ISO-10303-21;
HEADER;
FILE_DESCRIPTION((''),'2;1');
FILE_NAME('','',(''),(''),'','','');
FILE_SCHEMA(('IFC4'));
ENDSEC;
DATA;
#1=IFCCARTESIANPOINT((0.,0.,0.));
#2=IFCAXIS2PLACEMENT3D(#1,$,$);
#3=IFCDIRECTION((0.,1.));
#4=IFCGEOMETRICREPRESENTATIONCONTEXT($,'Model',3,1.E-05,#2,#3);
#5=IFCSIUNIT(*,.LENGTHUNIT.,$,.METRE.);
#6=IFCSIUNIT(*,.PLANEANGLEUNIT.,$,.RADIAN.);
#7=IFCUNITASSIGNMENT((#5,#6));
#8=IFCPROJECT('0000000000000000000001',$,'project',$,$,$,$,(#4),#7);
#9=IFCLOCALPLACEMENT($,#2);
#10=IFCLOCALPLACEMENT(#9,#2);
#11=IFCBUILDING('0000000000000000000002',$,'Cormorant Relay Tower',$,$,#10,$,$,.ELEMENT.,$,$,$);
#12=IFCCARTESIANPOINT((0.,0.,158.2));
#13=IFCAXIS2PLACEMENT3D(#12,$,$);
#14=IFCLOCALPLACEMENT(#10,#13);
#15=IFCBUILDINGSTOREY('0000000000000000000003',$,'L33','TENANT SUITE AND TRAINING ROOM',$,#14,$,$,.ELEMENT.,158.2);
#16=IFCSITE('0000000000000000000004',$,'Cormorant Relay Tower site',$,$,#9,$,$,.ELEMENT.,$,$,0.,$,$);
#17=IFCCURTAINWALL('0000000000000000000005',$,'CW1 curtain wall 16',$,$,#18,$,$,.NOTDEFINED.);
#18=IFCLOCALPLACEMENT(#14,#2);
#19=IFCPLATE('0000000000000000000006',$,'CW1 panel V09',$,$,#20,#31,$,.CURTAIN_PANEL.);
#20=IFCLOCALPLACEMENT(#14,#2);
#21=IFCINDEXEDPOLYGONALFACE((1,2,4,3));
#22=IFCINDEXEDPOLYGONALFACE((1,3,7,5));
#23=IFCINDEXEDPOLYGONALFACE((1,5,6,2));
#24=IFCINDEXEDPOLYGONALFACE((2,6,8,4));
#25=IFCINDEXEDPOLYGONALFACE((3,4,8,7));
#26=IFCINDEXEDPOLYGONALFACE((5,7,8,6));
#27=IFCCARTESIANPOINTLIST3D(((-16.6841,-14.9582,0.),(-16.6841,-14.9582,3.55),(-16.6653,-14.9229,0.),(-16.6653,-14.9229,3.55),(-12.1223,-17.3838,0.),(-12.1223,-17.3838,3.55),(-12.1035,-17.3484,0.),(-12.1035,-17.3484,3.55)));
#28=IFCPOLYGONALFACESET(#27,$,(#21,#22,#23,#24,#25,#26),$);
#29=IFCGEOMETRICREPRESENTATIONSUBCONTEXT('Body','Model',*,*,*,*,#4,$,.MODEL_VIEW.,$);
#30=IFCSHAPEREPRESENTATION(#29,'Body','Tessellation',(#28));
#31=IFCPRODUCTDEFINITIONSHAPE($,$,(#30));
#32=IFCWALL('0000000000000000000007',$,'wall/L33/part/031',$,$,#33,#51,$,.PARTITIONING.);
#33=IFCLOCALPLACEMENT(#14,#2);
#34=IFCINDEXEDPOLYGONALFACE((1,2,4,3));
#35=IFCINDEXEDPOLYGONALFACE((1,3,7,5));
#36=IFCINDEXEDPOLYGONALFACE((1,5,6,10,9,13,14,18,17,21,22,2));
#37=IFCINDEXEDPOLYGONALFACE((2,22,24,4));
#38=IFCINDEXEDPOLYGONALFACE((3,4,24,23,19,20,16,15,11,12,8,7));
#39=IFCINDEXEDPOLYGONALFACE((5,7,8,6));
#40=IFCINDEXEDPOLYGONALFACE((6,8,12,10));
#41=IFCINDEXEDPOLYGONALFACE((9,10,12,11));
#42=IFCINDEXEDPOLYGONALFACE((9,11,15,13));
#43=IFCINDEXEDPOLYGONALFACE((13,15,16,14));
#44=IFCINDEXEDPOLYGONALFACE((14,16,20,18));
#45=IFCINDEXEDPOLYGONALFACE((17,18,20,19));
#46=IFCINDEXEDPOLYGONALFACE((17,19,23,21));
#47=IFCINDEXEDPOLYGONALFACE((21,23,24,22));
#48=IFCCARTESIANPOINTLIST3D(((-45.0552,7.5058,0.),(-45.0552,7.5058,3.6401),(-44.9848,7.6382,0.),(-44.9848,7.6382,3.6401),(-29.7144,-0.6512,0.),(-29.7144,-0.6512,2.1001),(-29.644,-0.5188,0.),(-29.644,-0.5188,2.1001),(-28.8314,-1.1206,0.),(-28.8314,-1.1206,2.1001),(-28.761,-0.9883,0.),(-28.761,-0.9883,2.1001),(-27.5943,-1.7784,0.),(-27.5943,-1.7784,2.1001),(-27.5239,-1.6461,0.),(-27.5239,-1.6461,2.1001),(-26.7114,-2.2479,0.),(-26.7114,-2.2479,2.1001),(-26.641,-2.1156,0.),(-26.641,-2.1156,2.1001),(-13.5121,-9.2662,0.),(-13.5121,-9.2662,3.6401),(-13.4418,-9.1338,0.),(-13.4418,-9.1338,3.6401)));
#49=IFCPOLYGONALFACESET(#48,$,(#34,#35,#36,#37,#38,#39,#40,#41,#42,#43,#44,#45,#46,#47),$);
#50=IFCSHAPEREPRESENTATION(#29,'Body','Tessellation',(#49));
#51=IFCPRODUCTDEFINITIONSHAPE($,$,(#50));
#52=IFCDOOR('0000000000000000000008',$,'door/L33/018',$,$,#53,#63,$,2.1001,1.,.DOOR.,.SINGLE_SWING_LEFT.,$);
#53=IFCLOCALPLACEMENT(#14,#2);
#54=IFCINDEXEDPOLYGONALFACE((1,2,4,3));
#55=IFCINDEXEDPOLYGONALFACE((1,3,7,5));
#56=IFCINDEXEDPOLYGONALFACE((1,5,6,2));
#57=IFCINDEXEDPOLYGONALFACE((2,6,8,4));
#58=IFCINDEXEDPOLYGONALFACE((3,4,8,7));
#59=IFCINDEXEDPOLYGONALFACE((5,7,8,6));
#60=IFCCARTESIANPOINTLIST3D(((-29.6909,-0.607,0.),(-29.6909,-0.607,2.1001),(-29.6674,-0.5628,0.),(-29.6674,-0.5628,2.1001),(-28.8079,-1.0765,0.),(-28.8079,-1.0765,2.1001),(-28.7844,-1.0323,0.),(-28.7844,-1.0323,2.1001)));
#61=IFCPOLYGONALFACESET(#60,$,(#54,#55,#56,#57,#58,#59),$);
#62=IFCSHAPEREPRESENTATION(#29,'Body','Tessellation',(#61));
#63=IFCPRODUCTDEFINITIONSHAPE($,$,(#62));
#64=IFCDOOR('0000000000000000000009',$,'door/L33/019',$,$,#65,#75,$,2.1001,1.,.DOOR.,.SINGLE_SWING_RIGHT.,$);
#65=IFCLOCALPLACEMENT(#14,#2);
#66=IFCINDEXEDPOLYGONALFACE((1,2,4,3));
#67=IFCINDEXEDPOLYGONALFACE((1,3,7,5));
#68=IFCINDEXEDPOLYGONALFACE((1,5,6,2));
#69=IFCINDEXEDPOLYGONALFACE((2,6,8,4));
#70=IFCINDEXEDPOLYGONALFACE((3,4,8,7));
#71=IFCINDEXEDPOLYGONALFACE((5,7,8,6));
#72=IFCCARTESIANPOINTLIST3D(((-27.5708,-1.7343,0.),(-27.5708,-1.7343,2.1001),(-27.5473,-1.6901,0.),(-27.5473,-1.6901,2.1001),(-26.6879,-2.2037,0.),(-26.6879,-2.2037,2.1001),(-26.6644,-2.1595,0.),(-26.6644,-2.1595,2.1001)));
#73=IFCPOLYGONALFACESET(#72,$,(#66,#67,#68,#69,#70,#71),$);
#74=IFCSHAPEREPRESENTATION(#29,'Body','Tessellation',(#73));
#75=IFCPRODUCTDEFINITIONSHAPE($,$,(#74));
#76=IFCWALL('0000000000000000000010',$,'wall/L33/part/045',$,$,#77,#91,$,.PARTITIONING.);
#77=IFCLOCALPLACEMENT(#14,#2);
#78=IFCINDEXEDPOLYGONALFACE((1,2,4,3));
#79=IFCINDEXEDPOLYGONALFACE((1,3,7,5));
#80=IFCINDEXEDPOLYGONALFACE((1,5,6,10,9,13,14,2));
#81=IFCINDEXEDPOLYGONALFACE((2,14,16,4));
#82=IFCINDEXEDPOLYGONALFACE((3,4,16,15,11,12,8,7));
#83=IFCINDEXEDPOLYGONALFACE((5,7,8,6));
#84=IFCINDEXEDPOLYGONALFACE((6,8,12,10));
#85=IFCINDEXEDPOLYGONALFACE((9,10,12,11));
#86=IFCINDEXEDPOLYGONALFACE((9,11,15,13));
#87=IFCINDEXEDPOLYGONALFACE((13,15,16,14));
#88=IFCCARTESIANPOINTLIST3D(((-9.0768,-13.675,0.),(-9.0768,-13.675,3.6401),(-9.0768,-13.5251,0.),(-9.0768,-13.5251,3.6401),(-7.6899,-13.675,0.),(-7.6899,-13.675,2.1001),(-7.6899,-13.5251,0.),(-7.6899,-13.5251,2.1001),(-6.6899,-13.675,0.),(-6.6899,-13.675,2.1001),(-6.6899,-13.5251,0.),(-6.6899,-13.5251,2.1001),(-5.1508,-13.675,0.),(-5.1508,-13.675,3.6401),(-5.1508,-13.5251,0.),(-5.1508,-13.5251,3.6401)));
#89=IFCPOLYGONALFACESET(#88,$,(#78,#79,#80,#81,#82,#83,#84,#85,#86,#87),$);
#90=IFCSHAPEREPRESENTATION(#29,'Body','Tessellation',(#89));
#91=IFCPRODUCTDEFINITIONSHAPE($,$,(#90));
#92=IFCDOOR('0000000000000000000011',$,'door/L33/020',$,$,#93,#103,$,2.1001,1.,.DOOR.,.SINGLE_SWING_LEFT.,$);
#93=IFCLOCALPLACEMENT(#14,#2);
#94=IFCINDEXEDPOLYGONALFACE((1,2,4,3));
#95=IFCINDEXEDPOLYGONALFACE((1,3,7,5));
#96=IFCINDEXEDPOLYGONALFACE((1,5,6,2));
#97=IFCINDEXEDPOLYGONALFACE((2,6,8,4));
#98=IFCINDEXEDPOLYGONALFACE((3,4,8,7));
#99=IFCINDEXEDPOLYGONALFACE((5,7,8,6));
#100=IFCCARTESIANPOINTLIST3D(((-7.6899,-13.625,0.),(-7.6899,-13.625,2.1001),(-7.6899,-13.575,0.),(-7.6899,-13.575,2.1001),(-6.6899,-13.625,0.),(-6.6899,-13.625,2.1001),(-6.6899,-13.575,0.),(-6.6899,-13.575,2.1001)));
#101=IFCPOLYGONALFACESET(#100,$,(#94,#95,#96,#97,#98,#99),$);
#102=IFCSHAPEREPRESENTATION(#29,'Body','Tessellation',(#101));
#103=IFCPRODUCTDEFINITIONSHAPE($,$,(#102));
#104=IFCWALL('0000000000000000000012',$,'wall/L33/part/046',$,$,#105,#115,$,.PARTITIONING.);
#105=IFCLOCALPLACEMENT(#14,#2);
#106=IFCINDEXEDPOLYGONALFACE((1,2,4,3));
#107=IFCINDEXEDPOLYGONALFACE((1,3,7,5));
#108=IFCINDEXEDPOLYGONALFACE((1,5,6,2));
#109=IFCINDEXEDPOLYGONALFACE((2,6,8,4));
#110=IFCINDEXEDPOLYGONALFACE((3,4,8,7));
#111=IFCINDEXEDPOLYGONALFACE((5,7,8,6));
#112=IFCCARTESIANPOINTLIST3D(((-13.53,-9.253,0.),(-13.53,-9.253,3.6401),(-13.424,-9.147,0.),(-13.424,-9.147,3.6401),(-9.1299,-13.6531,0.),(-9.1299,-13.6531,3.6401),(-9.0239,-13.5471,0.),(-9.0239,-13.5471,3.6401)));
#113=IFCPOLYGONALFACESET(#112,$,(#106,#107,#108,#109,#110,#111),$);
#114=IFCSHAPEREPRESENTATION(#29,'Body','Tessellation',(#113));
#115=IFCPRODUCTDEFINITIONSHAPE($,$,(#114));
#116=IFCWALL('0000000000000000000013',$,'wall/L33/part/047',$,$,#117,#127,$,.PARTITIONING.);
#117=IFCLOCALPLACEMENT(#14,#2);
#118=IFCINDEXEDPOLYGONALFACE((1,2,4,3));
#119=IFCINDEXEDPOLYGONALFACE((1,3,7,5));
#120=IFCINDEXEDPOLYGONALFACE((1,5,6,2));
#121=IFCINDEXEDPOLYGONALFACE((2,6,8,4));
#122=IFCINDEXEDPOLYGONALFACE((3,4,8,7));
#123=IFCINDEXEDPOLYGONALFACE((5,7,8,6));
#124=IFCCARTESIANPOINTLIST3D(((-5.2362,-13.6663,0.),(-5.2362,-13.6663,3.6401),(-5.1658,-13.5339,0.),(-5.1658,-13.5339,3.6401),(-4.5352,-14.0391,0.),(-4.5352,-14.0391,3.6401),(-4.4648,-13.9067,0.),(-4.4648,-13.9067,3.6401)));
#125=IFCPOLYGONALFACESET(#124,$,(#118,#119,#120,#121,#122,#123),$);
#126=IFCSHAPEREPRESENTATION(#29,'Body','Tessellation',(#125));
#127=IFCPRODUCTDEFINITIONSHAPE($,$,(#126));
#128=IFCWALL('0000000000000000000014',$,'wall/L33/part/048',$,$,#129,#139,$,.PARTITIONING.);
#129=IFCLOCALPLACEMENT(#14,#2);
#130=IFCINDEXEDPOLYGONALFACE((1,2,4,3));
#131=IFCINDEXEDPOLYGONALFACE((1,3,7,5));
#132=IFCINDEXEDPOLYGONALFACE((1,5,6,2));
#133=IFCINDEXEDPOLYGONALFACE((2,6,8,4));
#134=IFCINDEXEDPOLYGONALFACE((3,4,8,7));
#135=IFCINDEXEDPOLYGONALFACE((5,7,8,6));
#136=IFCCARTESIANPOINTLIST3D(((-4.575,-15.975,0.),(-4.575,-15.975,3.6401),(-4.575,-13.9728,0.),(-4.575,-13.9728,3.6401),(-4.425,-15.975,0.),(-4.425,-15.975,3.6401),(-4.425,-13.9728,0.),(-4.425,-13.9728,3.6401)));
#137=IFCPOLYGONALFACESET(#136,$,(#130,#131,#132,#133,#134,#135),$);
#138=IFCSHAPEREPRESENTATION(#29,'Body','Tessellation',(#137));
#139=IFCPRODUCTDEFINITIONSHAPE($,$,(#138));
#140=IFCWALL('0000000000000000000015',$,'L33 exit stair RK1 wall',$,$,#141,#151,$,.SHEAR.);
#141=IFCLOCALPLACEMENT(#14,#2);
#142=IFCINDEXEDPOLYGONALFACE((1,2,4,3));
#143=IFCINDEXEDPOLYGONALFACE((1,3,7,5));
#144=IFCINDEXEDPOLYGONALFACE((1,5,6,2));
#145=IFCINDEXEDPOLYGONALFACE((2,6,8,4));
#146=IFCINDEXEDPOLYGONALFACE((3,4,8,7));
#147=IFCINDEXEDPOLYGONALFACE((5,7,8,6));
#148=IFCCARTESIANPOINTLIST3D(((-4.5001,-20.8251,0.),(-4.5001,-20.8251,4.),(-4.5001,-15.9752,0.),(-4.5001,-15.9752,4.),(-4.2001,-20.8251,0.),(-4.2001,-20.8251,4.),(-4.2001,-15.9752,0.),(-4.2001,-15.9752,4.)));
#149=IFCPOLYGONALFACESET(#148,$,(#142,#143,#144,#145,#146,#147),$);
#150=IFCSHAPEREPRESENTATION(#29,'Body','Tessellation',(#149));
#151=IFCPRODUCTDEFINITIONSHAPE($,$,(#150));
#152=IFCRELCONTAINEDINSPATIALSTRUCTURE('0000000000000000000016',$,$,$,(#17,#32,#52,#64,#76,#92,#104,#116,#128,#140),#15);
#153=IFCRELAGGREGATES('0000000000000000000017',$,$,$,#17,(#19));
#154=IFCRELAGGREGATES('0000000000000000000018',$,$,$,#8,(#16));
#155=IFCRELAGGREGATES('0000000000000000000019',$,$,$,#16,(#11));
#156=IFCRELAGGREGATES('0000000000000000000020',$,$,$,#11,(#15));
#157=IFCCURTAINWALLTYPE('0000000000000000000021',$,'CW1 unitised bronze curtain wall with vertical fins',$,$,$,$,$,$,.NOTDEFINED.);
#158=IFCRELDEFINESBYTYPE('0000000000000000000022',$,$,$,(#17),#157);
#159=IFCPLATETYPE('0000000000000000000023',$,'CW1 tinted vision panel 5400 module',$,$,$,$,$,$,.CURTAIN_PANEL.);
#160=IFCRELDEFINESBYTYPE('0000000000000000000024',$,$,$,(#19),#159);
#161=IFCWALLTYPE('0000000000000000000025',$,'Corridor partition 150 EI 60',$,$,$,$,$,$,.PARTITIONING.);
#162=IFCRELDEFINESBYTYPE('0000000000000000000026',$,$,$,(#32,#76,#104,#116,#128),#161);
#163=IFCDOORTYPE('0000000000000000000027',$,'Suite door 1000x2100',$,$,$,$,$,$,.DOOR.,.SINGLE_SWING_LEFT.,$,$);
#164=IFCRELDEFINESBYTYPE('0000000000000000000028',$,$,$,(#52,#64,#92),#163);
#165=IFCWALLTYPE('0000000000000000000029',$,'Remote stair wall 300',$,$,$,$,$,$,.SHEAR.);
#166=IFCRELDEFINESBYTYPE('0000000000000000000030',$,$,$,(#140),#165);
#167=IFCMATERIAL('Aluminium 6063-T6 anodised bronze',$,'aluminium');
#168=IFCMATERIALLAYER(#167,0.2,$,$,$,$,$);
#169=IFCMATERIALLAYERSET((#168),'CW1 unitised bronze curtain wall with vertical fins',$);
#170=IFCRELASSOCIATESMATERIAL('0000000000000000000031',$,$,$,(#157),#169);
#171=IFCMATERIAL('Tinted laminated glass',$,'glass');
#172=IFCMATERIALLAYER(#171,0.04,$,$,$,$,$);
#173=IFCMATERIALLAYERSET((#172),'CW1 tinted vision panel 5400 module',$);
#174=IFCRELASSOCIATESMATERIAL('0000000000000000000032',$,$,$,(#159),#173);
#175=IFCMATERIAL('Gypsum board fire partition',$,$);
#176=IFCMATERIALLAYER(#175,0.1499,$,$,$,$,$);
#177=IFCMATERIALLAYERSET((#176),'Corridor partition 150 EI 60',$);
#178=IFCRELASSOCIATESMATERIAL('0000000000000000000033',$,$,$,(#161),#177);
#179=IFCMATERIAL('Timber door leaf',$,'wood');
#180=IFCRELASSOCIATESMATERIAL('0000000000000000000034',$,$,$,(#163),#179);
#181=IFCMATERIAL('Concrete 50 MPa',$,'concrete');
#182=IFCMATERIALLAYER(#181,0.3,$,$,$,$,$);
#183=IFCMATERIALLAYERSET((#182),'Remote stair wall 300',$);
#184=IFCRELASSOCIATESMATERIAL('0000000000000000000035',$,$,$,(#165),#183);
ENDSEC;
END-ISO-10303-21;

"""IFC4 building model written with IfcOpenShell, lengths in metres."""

from ifc_helpers import new_model, si_unit, direction, frame, frame_2d, origin, origin_2d, place, context, subcontext, project, spatial, rectangle, extrude, material, layer, layer_set, type_object, element, fill, aggregate, save


model = new_model("IFC4")

# Units and contexts
model_context = context("Model", 3, precision=1e-05, world=origin(), true_north=direction((0.0, 1.0)))
body_context = subcontext(model_context, "Body", "Model", "MODEL_VIEW")
ifc_project = project(units=[si_unit("LENGTHUNIT", "METRE"), si_unit("PLANEANGLEUNIT", "RADIAN")], contexts=[model_context])

# Site, building, storey
site_placement = place(None, origin())
site = spatial("IfcSite", under=ifc_project, at=site_placement, Name="Cormorant Relay Tower site", CompositionType="ELEMENT", RefElevation=0.0)
building_placement = place(site_placement, origin())
building = spatial("IfcBuilding", under=site, at=building_placement, Name="Cormorant Relay Tower", CompositionType="ELEMENT")
storey_placement = place(building_placement, frame((0.0, 0.0, 158.2)))
storey = spatial("IfcBuildingStorey", under=building, at=storey_placement, Name="L33", Description="TENANT SUITE AND TRAINING ROOM", CompositionType="ELEMENT", Elevation=158.2)

# Shared definitions
ifc_material_1 = material(Name="Aluminium 6063-T6 anodised bronze", Category="aluminium")
ifc_layer_1 = layer(ifc_material_1, 0.2)
ifc_layer_set_1 = layer_set([ifc_layer_1], Name="CW1 unitised bronze curtain wall with vertical fins")
curtain_wall_type = type_object("IfcCurtainWallType", Name="CW1 unitised bronze curtain wall with vertical fins", PredefinedType="NOTDEFINED", material=ifc_layer_set_1)

# Curtain wall
curtain_wall_1_placement = place(storey_placement, origin())
curtain_wall_1 = element("IfcCurtainWall", 1, at=curtain_wall_1_placement, inside=storey, type_object=curtain_wall_type, Name="CW1 curtain wall 16", PredefinedType="NOTDEFINED")

# Plate
ifc_material_2 = material(Name="Tinted laminated glass", Category="glass")
ifc_layer_2 = layer(ifc_material_2, 0.04)
ifc_layer_set_2 = layer_set([ifc_layer_2], Name="CW1 tinted vision panel 5400 module")
plate_type_1 = type_object("IfcPlateType", Name="CW1 tinted vision panel 5400 module", PredefinedType="CURTAIN_PANEL", material=ifc_layer_set_2)
plate_1_placement = place(storey_placement, frame((-14.3938, -16.1533, 0.0), z_axis=(0.0, 0.0, 1.0), x_axis=(0.882948, -0.469472, 0.0)))
plate_1 = element("IfcPlate", 2, at=plate_1_placement, type_object=plate_type_1, Name="CW1 panel V09", PredefinedType="CURTAIN_PANEL", context=body_context, shape_type="SweptSolid", body=[
    extrude(rectangle(XDim=5.1665, YDim=0.04, at=origin_2d()), origin(), (0.0, 0.0, 1.0), 3.55),
])

# Wall, openings, doors
ifc_material_3 = material(Name="Gypsum board fire partition")
ifc_layer_3 = layer(ifc_material_3, 0.1499)
ifc_layer_set_3 = layer_set([ifc_layer_3], Name="Corridor partition 150 EI 60")
wall_type_1 = type_object("IfcWallType", Name="Corridor partition 150 EI 60", PredefinedType="PARTITIONING", material=ifc_layer_set_3)
wall_1_placement = place(storey_placement, frame((-13.4771, -9.2, 0.0), z_axis=(0.0, 0.0, 1.0), x_axis=(-0.882944, 0.469478, 0.0)))
wall_1 = element("IfcWall", 3, at=wall_1_placement, inside=storey, type_object=wall_type_1, Name="wall/L33/part/031", PredefinedType="PARTITIONING", context=body_context, shape_type="SweptSolid", body=[
    extrude(rectangle(XDim=35.7249, YDim=0.1499, at=frame_2d((17.8623, 0.0))), origin(), (0.0, 0.0, 1.0), 3.6401),
])
opening_1_placement = place(wall_1_placement, frame((17.3501, 0.0, 0.0)))
opening_1 = element("IfcOpeningElement", 4, at=opening_1_placement, cuts=wall_1, PredefinedType="OPENING", context=body_context, shape_type="SweptSolid", body=[
    extrude(rectangle(XDim=1.0, YDim=2.1001, at=frame_2d((0.5, 1.05))), frame((0.0, 0.085, 0.0), z_axis=(0.0, -1.0, 0.0), x_axis=(1.0, 0.0, 0.0)), (0.0, 0.0, 1.0), 0.1699),
])
opening_2_placement = place(wall_1_placement, frame((14.949, 0.0, 0.0)))
opening_2 = element("IfcOpeningElement", 5, at=opening_2_placement, cuts=wall_1, PredefinedType="OPENING", context=body_context, shape_type="SweptSolid", body=[
    extrude(rectangle(XDim=1.0, YDim=2.1001, at=frame_2d((0.5, 1.05))), frame((0.0, 0.085, 0.0), z_axis=(0.0, -1.0, 0.0), x_axis=(1.0, 0.0, 0.0)), (0.0, 0.0, 1.0), 0.1699),
])
ifc_material_4 = material(Name="Timber door leaf", Category="wood")
door_type_1 = type_object("IfcDoorType", Name="Suite door 1000x2100", OperationType="SINGLE_SWING_LEFT", PredefinedType="DOOR", material=ifc_material_4)
door_1_placement = place(opening_1_placement, origin())
door_1 = element("IfcDoor", 6, at=door_1_placement, inside=storey, type_object=door_type_1, Name="door/L33/018", OperationType="SINGLE_SWING_LEFT", OverallHeight=2.1001, OverallWidth=1.0, PredefinedType="DOOR", context=body_context, shape_type="SweptSolid", body=[
    extrude(rectangle(XDim=1.0, YDim=2.1001, at=frame_2d((0.5, 1.05))), frame((0.0, 0.0249, 0.0), z_axis=(0.0, -1.0, 0.0), x_axis=(1.0, 0.0, 0.0)), (0.0, 0.0, 1.0), 0.05),
])
fill(opening_1, door_1)
door_2_placement = place(opening_2_placement, origin())
door_2 = element("IfcDoor", 7, at=door_2_placement, inside=storey, type_object=door_type_1, Name="door/L33/019", OperationType="SINGLE_SWING_RIGHT", OverallHeight=2.1001, OverallWidth=1.0, PredefinedType="DOOR", context=body_context, shape_type="SweptSolid", body=[
    extrude(rectangle(XDim=1.0, YDim=2.1001, at=frame_2d((0.5, 1.05))), frame((0.0, 0.0249, 0.0), z_axis=(0.0, -1.0, 0.0), x_axis=(1.0, 0.0, 0.0)), (0.0, 0.0, 1.0), 0.05),
])
fill(opening_2, door_2)

# Wall, opening, door
wall_2_placement = place(storey_placement, frame((-5.1509, -13.6001, 0.0), z_axis=(0.0, 0.0, 1.0), x_axis=(-1.0, 0.0, 0.0)))
wall_2 = element("IfcWall", 8, at=wall_2_placement, inside=storey, type_object=wall_type_1, Name="wall/L33/part/045", PredefinedType="PARTITIONING", context=body_context, shape_type="SweptSolid", body=[
    extrude(rectangle(XDim=3.926, YDim=0.1499, at=frame_2d((1.9629, 0.0))), origin(), (0.0, 0.0, 1.0), 3.6401),
])
opening_3_placement = place(wall_2_placement, frame((1.5391, 0.0, 0.0)))
opening_3 = element("IfcOpeningElement", 9, at=opening_3_placement, cuts=wall_2, PredefinedType="OPENING", context=body_context, shape_type="SweptSolid", body=[
    extrude(rectangle(XDim=1.0, YDim=2.1001, at=frame_2d((0.5, 1.05))), frame((0.0, 0.085, 0.0), z_axis=(0.0, -1.0, 0.0), x_axis=(1.0, 0.0, 0.0)), (0.0, 0.0, 1.0), 0.1699),
])
door_3_placement = place(opening_3_placement, origin())
door_3 = element("IfcDoor", 10, at=door_3_placement, inside=storey, type_object=door_type_1, Name="door/L33/020", OperationType="SINGLE_SWING_LEFT", OverallHeight=2.1001, OverallWidth=1.0, PredefinedType="DOOR", context=body_context, shape_type="SweptSolid", body=[
    extrude(rectangle(XDim=1.0, YDim=2.1001, at=frame_2d((0.5, 1.05))), frame((0.0, 0.0249, 0.0), z_axis=(0.0, -1.0, 0.0), x_axis=(1.0, 0.0, 0.0)), (0.0, 0.0, 1.0), 0.05),
])
fill(opening_3, door_3)

# Walls
wall_3_placement = place(storey_placement, frame((-9.0769, -13.6001, 0.0), z_axis=(0.0, 0.0, 1.0), x_axis=(-0.707107, 0.707107, 0.0)))
element("IfcWall", 11, at=wall_3_placement, inside=storey, type_object=wall_type_1, Name="wall/L33/part/046", PredefinedType="PARTITIONING", context=body_context, shape_type="SweptSolid", body=[
    extrude(rectangle(XDim=6.2227, YDim=0.1499, at=frame_2d((3.1113, 0.0))), origin(), (0.0, 0.0, 1.0), 3.6401),
])
wall_4_placement = place(storey_placement, frame((-4.5, -13.9729, 0.0), z_axis=(0.0, 0.0, 1.0), x_axis=(-0.882889, 0.469582, 0.0)))
element("IfcWall", 12, at=wall_4_placement, inside=storey, type_object=wall_type_1, Name="wall/L33/part/047", PredefinedType="PARTITIONING", context=body_context, shape_type="SweptSolid", body=[
    extrude(rectangle(XDim=0.7939, YDim=0.1499, at=frame_2d((0.397, 0.0))), origin(), (0.0, 0.0, 1.0), 3.6401),
])
wall_5_placement = place(storey_placement, frame((-4.5, -13.9729, 0.0), z_axis=(0.0, 0.0, 1.0), x_axis=(0.0, -1.0, 0.0)))
element("IfcWall", 13, at=wall_5_placement, inside=storey, type_object=wall_type_1, Name="wall/L33/part/048", PredefinedType="PARTITIONING", context=body_context, shape_type="SweptSolid", body=[
    extrude(rectangle(XDim=2.0022, YDim=0.1499, at=frame_2d((1.001, 0.0))), origin(), (0.0, 0.0, 1.0), 3.6401),
])
ifc_material_5 = material(Name="Concrete 50 MPa", Category="concrete")
ifc_layer_4 = layer(ifc_material_5, 0.3)
ifc_layer_set_4 = layer_set([ifc_layer_4], Name="Remote stair wall 300")
wall_type_2 = type_object("IfcWallType", Name="Remote stair wall 300", PredefinedType="SHEAR", material=ifc_layer_set_4)
wall_6_placement = place(storey_placement, frame((-4.3501, -20.825, 0.0), z_axis=(0.0, 0.0, 1.0), x_axis=(0.0, 1.0, 0.0)))
element("IfcWall", 14, at=wall_6_placement, inside=storey, type_object=wall_type_2, Name="L33 exit stair RK1 wall", PredefinedType="SHEAR", context=body_context, shape_type="SweptSolid", body=[
    extrude(rectangle(XDim=4.8499, YDim=0.3, at=frame_2d((2.4248, 0.0))), origin(), (0.0, 0.0, 1.0), 4.0),
])

aggregate(curtain_wall_1, [plate_1])

save(model, "model.ifc")
